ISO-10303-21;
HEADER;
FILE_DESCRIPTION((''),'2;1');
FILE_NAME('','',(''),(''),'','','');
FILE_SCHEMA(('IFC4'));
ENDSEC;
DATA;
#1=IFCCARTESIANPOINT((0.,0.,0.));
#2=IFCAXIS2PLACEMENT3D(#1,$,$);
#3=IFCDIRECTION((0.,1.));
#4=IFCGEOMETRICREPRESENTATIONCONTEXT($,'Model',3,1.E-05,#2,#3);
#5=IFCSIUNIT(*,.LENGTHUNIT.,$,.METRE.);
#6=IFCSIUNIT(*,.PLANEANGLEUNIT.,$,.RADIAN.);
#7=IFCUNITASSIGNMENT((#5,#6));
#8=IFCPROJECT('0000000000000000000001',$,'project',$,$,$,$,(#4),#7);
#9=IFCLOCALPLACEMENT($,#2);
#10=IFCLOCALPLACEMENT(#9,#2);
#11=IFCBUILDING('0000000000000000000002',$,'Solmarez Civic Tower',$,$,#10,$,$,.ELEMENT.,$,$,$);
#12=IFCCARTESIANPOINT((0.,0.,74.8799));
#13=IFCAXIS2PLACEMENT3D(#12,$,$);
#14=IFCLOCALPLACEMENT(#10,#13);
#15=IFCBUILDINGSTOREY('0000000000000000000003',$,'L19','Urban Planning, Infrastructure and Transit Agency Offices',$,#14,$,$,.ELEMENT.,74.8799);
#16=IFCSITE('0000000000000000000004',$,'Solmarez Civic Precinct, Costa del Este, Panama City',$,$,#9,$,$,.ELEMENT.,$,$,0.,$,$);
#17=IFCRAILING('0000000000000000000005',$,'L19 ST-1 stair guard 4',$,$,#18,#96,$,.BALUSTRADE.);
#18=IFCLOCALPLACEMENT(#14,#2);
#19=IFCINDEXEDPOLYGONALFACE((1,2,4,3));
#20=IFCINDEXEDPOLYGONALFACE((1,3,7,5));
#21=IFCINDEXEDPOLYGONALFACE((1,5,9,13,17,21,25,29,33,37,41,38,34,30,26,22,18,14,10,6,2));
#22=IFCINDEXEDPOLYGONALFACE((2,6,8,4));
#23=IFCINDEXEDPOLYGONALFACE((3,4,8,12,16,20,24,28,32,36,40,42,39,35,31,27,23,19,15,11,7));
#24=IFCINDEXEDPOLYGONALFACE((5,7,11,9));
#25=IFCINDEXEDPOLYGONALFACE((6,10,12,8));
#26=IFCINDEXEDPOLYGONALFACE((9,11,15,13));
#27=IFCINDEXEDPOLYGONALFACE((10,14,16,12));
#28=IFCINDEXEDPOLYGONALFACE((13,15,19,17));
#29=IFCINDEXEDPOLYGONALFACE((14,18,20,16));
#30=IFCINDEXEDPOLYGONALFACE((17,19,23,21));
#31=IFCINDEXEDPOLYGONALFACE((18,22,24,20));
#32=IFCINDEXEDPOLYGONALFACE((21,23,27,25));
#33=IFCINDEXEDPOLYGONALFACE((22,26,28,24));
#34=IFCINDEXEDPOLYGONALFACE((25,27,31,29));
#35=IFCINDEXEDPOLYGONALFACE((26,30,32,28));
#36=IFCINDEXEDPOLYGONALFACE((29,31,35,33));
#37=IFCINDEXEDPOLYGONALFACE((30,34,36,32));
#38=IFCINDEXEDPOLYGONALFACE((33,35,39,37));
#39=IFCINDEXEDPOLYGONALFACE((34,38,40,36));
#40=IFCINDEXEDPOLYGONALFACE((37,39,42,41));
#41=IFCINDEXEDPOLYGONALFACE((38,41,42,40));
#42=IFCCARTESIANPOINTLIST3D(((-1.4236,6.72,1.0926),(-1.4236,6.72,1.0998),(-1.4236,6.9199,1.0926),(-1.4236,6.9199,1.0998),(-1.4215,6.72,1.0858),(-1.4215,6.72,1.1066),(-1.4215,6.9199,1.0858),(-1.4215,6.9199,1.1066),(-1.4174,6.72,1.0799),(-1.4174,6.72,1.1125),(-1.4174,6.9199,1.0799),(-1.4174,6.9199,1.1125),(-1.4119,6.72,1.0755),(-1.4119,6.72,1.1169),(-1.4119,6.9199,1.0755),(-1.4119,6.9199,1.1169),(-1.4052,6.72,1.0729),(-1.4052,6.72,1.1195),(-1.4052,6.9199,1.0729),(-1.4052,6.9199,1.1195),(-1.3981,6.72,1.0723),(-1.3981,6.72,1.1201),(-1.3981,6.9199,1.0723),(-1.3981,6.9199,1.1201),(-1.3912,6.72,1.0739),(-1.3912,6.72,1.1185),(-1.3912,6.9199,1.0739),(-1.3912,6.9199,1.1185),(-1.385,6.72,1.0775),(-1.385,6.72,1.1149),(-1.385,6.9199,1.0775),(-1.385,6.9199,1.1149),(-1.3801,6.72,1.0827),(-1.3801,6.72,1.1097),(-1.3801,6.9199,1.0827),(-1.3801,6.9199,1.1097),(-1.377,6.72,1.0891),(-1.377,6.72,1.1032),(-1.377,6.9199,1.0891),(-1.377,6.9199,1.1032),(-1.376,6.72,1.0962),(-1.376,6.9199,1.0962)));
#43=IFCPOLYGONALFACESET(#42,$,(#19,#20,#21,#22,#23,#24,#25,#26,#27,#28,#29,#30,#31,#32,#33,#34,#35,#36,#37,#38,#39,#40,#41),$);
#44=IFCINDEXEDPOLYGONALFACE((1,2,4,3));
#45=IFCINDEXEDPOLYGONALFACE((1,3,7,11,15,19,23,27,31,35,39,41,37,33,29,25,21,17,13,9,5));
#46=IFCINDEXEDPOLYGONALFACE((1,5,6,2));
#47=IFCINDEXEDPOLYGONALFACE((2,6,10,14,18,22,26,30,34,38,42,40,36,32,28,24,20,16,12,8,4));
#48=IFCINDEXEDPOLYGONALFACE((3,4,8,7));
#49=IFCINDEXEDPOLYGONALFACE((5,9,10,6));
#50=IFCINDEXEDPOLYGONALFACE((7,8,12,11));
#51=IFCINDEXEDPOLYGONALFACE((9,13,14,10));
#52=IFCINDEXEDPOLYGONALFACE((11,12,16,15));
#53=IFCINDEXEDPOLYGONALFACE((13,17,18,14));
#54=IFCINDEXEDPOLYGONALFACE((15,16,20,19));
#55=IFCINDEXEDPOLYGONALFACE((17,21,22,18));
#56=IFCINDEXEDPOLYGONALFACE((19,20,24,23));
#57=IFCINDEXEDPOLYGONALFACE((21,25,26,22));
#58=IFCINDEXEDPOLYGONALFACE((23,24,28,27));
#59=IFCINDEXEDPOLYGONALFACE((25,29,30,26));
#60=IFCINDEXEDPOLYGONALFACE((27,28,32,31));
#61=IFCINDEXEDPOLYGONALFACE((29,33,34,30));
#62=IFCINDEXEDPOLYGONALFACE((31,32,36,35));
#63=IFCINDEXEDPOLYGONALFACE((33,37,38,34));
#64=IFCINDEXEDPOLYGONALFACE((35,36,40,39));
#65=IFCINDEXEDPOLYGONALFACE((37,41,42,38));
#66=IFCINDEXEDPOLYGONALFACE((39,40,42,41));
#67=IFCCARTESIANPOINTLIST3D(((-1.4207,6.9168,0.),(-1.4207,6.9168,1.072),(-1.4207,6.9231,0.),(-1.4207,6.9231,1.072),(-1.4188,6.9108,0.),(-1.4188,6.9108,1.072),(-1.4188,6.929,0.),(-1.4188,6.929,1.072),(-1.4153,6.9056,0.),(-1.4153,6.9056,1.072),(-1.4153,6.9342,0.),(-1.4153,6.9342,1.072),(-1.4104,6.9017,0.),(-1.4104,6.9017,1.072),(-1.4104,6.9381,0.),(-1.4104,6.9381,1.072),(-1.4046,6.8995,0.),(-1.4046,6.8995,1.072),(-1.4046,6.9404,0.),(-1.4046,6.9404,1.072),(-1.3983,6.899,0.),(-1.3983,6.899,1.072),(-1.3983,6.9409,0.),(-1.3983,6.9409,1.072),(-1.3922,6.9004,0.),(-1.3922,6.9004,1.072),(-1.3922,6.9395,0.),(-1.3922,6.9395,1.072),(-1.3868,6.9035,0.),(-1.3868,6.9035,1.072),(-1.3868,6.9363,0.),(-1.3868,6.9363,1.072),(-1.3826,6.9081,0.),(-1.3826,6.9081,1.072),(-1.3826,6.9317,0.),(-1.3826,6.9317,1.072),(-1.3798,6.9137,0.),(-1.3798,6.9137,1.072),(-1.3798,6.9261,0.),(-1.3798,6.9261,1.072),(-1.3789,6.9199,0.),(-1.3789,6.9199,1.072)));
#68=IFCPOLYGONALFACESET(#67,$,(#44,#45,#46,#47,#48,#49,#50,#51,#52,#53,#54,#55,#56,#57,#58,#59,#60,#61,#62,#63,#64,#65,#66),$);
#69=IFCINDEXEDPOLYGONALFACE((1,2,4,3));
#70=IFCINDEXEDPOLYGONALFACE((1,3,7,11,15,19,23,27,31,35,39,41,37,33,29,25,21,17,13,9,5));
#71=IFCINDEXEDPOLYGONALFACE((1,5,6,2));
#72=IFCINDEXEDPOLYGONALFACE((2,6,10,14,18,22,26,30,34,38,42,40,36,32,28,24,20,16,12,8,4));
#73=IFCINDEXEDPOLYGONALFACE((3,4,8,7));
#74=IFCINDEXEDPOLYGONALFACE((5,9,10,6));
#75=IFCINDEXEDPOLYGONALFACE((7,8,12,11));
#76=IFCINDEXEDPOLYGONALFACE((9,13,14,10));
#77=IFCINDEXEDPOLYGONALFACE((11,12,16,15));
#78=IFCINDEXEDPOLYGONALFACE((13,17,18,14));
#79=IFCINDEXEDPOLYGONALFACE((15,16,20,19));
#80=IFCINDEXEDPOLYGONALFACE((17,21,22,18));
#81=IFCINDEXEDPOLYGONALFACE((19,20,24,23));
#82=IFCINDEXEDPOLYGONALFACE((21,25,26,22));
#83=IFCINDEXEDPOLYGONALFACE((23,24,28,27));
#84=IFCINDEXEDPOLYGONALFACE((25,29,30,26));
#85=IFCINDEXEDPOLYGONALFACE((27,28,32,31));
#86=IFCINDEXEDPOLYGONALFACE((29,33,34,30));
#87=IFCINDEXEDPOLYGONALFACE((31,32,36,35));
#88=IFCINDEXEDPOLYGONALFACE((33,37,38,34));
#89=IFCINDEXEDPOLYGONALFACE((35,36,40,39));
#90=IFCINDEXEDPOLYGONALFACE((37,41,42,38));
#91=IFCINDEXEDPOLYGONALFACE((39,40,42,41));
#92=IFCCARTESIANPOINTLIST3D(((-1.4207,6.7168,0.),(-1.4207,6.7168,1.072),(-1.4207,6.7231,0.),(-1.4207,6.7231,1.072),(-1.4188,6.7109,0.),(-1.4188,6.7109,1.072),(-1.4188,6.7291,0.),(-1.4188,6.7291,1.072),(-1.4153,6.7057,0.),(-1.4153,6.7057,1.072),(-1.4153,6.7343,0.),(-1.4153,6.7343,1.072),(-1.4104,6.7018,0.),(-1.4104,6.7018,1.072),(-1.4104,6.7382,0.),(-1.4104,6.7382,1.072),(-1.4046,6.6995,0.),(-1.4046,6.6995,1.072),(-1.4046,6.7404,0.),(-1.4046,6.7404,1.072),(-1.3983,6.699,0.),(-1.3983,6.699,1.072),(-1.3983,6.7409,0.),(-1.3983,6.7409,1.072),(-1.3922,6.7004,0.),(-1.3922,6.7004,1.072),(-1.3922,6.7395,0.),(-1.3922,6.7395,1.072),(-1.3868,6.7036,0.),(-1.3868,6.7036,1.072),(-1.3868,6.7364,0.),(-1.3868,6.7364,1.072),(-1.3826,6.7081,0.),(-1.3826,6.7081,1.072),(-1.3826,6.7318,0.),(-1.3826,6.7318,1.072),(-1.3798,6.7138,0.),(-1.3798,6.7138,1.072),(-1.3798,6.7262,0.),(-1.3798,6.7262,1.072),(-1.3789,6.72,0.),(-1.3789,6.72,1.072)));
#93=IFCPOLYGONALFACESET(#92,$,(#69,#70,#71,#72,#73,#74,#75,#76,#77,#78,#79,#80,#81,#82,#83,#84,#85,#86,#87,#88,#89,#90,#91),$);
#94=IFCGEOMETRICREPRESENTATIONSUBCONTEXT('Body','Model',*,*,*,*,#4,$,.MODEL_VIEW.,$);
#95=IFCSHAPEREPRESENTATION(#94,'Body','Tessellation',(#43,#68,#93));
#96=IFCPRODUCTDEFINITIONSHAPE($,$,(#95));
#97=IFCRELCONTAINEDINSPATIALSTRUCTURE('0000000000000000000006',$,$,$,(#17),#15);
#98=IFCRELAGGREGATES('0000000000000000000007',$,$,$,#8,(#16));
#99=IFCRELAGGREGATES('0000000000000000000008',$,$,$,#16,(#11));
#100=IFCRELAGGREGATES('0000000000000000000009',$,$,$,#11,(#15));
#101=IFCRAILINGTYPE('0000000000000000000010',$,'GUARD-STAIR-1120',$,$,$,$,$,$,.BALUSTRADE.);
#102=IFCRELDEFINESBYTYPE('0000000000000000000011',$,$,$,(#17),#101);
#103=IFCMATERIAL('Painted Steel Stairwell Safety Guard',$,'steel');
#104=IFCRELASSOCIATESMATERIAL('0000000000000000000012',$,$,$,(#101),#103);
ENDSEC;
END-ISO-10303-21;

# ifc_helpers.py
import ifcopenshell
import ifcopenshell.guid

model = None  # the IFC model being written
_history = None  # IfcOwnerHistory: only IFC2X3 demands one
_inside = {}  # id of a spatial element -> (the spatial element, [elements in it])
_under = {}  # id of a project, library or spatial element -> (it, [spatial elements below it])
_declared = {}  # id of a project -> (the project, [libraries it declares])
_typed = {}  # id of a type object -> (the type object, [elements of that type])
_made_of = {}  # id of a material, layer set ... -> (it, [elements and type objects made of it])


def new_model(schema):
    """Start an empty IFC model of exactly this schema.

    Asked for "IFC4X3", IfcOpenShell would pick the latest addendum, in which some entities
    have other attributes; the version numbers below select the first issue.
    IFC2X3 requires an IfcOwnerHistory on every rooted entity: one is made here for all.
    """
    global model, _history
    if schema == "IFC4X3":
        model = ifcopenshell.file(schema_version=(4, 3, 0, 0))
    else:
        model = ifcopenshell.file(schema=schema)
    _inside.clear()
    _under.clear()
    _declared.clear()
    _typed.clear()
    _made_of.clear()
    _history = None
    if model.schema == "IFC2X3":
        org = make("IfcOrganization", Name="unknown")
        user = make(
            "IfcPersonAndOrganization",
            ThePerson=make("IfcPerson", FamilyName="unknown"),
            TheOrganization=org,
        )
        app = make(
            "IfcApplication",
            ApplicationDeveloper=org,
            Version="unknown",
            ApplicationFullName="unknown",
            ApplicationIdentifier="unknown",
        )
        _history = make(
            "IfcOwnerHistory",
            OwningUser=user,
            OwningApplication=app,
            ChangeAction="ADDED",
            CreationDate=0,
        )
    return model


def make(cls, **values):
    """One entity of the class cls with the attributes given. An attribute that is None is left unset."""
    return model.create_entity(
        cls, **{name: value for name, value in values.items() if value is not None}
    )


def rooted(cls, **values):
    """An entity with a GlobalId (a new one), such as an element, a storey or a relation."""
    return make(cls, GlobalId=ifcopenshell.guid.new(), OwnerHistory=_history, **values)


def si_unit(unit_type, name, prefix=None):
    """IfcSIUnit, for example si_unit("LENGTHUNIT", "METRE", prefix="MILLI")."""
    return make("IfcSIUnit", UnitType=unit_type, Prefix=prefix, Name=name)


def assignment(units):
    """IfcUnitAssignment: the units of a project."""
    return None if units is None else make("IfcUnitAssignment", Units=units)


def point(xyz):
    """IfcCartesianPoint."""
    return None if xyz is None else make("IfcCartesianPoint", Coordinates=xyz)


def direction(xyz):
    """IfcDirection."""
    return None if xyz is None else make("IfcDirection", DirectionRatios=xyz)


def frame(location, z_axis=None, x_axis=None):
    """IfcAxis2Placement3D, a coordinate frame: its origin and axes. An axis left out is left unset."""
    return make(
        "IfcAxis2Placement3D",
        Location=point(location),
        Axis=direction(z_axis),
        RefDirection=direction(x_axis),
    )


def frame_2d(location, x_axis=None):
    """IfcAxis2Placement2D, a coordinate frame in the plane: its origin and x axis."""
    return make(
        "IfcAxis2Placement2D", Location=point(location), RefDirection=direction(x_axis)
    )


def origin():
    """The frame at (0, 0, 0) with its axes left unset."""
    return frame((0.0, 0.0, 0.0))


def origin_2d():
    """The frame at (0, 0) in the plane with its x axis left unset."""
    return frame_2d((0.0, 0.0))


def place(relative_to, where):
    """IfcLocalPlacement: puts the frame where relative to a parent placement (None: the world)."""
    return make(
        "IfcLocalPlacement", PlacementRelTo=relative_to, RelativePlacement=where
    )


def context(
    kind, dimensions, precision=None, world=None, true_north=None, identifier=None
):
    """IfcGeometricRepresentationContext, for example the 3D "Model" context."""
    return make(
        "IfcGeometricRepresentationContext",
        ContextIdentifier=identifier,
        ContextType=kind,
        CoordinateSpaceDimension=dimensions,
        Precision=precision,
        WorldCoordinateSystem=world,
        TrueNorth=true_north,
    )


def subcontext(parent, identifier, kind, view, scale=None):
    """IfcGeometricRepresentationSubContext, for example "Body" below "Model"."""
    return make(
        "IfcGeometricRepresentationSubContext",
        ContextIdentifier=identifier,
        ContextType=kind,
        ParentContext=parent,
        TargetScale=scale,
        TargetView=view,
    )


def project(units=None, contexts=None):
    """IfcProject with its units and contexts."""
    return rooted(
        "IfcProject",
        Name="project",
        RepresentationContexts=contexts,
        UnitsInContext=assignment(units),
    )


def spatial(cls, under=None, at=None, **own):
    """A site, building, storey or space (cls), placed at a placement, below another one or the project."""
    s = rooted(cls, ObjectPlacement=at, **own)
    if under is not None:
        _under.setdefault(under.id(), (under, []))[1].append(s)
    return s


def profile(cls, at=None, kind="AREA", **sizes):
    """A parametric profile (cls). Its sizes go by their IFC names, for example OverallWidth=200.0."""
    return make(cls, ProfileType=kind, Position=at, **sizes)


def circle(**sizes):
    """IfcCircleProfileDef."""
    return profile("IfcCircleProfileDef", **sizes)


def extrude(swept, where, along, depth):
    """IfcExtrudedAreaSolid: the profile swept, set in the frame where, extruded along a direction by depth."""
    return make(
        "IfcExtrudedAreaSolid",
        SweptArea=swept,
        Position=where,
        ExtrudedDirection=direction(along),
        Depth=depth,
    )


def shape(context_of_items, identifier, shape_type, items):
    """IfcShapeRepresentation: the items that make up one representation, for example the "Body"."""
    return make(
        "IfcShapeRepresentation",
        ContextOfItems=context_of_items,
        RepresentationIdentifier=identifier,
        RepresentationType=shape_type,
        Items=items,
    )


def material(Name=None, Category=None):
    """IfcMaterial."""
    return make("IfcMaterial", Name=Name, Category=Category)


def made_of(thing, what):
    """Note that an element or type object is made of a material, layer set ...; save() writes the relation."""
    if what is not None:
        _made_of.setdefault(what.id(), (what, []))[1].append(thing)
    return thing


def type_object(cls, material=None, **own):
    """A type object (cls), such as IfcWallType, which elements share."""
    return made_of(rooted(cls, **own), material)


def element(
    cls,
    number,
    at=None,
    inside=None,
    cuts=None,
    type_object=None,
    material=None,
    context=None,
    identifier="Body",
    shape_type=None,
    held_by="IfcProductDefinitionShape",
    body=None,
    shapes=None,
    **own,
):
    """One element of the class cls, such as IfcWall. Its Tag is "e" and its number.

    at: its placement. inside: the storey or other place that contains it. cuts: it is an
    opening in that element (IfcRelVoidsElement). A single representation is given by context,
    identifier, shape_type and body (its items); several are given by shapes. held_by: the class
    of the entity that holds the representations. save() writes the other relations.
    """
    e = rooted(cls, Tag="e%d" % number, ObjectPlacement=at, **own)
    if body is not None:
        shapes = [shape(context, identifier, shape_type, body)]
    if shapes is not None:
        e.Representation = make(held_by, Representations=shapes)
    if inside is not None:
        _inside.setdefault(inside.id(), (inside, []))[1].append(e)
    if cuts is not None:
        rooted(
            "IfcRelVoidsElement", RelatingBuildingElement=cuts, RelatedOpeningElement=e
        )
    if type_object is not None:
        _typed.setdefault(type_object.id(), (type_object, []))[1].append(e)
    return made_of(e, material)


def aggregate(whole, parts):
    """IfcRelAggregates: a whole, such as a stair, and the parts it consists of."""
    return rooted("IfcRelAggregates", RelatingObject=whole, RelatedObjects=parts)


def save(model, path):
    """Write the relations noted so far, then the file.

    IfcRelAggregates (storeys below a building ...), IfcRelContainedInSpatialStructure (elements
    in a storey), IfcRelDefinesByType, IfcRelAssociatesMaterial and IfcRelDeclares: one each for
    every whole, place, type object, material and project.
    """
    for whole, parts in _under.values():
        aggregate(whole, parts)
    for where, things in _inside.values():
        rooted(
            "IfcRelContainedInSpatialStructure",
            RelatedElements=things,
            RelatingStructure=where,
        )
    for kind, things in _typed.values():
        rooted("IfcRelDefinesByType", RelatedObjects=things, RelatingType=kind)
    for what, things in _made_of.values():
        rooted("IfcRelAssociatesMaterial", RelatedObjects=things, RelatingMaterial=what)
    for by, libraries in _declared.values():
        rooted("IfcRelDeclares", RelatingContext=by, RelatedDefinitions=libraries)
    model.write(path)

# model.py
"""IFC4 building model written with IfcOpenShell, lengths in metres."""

from ifc_helpers import new_model, si_unit, direction, frame, origin, origin_2d, place, context, subcontext, project, spatial, circle, extrude, material, type_object, element, save


model = new_model("IFC4")

# Units and contexts
model_context = context("Model", 3, precision=1e-05, world=origin(), true_north=direction((0.0, 1.0)))
body_context = subcontext(model_context, "Body", "Model", "MODEL_VIEW")
ifc_project = project(units=[si_unit("LENGTHUNIT", "METRE"), si_unit("PLANEANGLEUNIT", "RADIAN")], contexts=[model_context])

# Site, building, storey
site_placement = place(None, origin())
site = spatial("IfcSite", under=ifc_project, at=site_placement, Name="Solmarez Civic Precinct, Costa del Este, Panama City", CompositionType="ELEMENT", RefElevation=0.0)
building_placement = place(site_placement, origin())
building = spatial("IfcBuilding", under=site, at=building_placement, Name="Solmarez Civic Tower", CompositionType="ELEMENT")
storey_placement = place(building_placement, frame((0.0, 0.0, 74.8799)))
storey = spatial("IfcBuildingStorey", under=building, at=storey_placement, Name="L19", Description="Urban Planning, Infrastructure and Transit Agency Offices", CompositionType="ELEMENT", Elevation=74.8799)

# Railing
ifc_material_1 = material(Name="Painted Steel Stairwell Safety Guard", Category="steel")
railing_type_1 = type_object("IfcRailingType", Name="GUARD-STAIR-1120", PredefinedType="BALUSTRADE", material=ifc_material_1)
railing_1_placement = place(storey_placement, frame((-1.3999, 6.9199, 0.0)))
element("IfcRailing", 1, at=railing_1_placement, inside=storey, type_object=railing_type_1, Name="L19 ST-1 stair guard 4", PredefinedType="BALUSTRADE", context=body_context, shape_type="SweptSolid", body=[
    extrude(circle(Radius=0.0239, at=origin_2d()), frame((0.0, 0.0, 1.0962), z_axis=(0.0, -1.0, 0.0), x_axis=(1.0, 0.0, 0.0)), (0.0, 0.0, 1.0), 0.2),
    extrude(circle(Radius=0.021, at=origin_2d()), origin(), (0.0, 0.0, 1.0), 1.072),
    extrude(circle(Radius=0.021, at=origin_2d()), frame((0.0, -0.2, 0.0)), (0.0, 0.0, 1.0), 1.072),
])

save(model, "model.ifc")
